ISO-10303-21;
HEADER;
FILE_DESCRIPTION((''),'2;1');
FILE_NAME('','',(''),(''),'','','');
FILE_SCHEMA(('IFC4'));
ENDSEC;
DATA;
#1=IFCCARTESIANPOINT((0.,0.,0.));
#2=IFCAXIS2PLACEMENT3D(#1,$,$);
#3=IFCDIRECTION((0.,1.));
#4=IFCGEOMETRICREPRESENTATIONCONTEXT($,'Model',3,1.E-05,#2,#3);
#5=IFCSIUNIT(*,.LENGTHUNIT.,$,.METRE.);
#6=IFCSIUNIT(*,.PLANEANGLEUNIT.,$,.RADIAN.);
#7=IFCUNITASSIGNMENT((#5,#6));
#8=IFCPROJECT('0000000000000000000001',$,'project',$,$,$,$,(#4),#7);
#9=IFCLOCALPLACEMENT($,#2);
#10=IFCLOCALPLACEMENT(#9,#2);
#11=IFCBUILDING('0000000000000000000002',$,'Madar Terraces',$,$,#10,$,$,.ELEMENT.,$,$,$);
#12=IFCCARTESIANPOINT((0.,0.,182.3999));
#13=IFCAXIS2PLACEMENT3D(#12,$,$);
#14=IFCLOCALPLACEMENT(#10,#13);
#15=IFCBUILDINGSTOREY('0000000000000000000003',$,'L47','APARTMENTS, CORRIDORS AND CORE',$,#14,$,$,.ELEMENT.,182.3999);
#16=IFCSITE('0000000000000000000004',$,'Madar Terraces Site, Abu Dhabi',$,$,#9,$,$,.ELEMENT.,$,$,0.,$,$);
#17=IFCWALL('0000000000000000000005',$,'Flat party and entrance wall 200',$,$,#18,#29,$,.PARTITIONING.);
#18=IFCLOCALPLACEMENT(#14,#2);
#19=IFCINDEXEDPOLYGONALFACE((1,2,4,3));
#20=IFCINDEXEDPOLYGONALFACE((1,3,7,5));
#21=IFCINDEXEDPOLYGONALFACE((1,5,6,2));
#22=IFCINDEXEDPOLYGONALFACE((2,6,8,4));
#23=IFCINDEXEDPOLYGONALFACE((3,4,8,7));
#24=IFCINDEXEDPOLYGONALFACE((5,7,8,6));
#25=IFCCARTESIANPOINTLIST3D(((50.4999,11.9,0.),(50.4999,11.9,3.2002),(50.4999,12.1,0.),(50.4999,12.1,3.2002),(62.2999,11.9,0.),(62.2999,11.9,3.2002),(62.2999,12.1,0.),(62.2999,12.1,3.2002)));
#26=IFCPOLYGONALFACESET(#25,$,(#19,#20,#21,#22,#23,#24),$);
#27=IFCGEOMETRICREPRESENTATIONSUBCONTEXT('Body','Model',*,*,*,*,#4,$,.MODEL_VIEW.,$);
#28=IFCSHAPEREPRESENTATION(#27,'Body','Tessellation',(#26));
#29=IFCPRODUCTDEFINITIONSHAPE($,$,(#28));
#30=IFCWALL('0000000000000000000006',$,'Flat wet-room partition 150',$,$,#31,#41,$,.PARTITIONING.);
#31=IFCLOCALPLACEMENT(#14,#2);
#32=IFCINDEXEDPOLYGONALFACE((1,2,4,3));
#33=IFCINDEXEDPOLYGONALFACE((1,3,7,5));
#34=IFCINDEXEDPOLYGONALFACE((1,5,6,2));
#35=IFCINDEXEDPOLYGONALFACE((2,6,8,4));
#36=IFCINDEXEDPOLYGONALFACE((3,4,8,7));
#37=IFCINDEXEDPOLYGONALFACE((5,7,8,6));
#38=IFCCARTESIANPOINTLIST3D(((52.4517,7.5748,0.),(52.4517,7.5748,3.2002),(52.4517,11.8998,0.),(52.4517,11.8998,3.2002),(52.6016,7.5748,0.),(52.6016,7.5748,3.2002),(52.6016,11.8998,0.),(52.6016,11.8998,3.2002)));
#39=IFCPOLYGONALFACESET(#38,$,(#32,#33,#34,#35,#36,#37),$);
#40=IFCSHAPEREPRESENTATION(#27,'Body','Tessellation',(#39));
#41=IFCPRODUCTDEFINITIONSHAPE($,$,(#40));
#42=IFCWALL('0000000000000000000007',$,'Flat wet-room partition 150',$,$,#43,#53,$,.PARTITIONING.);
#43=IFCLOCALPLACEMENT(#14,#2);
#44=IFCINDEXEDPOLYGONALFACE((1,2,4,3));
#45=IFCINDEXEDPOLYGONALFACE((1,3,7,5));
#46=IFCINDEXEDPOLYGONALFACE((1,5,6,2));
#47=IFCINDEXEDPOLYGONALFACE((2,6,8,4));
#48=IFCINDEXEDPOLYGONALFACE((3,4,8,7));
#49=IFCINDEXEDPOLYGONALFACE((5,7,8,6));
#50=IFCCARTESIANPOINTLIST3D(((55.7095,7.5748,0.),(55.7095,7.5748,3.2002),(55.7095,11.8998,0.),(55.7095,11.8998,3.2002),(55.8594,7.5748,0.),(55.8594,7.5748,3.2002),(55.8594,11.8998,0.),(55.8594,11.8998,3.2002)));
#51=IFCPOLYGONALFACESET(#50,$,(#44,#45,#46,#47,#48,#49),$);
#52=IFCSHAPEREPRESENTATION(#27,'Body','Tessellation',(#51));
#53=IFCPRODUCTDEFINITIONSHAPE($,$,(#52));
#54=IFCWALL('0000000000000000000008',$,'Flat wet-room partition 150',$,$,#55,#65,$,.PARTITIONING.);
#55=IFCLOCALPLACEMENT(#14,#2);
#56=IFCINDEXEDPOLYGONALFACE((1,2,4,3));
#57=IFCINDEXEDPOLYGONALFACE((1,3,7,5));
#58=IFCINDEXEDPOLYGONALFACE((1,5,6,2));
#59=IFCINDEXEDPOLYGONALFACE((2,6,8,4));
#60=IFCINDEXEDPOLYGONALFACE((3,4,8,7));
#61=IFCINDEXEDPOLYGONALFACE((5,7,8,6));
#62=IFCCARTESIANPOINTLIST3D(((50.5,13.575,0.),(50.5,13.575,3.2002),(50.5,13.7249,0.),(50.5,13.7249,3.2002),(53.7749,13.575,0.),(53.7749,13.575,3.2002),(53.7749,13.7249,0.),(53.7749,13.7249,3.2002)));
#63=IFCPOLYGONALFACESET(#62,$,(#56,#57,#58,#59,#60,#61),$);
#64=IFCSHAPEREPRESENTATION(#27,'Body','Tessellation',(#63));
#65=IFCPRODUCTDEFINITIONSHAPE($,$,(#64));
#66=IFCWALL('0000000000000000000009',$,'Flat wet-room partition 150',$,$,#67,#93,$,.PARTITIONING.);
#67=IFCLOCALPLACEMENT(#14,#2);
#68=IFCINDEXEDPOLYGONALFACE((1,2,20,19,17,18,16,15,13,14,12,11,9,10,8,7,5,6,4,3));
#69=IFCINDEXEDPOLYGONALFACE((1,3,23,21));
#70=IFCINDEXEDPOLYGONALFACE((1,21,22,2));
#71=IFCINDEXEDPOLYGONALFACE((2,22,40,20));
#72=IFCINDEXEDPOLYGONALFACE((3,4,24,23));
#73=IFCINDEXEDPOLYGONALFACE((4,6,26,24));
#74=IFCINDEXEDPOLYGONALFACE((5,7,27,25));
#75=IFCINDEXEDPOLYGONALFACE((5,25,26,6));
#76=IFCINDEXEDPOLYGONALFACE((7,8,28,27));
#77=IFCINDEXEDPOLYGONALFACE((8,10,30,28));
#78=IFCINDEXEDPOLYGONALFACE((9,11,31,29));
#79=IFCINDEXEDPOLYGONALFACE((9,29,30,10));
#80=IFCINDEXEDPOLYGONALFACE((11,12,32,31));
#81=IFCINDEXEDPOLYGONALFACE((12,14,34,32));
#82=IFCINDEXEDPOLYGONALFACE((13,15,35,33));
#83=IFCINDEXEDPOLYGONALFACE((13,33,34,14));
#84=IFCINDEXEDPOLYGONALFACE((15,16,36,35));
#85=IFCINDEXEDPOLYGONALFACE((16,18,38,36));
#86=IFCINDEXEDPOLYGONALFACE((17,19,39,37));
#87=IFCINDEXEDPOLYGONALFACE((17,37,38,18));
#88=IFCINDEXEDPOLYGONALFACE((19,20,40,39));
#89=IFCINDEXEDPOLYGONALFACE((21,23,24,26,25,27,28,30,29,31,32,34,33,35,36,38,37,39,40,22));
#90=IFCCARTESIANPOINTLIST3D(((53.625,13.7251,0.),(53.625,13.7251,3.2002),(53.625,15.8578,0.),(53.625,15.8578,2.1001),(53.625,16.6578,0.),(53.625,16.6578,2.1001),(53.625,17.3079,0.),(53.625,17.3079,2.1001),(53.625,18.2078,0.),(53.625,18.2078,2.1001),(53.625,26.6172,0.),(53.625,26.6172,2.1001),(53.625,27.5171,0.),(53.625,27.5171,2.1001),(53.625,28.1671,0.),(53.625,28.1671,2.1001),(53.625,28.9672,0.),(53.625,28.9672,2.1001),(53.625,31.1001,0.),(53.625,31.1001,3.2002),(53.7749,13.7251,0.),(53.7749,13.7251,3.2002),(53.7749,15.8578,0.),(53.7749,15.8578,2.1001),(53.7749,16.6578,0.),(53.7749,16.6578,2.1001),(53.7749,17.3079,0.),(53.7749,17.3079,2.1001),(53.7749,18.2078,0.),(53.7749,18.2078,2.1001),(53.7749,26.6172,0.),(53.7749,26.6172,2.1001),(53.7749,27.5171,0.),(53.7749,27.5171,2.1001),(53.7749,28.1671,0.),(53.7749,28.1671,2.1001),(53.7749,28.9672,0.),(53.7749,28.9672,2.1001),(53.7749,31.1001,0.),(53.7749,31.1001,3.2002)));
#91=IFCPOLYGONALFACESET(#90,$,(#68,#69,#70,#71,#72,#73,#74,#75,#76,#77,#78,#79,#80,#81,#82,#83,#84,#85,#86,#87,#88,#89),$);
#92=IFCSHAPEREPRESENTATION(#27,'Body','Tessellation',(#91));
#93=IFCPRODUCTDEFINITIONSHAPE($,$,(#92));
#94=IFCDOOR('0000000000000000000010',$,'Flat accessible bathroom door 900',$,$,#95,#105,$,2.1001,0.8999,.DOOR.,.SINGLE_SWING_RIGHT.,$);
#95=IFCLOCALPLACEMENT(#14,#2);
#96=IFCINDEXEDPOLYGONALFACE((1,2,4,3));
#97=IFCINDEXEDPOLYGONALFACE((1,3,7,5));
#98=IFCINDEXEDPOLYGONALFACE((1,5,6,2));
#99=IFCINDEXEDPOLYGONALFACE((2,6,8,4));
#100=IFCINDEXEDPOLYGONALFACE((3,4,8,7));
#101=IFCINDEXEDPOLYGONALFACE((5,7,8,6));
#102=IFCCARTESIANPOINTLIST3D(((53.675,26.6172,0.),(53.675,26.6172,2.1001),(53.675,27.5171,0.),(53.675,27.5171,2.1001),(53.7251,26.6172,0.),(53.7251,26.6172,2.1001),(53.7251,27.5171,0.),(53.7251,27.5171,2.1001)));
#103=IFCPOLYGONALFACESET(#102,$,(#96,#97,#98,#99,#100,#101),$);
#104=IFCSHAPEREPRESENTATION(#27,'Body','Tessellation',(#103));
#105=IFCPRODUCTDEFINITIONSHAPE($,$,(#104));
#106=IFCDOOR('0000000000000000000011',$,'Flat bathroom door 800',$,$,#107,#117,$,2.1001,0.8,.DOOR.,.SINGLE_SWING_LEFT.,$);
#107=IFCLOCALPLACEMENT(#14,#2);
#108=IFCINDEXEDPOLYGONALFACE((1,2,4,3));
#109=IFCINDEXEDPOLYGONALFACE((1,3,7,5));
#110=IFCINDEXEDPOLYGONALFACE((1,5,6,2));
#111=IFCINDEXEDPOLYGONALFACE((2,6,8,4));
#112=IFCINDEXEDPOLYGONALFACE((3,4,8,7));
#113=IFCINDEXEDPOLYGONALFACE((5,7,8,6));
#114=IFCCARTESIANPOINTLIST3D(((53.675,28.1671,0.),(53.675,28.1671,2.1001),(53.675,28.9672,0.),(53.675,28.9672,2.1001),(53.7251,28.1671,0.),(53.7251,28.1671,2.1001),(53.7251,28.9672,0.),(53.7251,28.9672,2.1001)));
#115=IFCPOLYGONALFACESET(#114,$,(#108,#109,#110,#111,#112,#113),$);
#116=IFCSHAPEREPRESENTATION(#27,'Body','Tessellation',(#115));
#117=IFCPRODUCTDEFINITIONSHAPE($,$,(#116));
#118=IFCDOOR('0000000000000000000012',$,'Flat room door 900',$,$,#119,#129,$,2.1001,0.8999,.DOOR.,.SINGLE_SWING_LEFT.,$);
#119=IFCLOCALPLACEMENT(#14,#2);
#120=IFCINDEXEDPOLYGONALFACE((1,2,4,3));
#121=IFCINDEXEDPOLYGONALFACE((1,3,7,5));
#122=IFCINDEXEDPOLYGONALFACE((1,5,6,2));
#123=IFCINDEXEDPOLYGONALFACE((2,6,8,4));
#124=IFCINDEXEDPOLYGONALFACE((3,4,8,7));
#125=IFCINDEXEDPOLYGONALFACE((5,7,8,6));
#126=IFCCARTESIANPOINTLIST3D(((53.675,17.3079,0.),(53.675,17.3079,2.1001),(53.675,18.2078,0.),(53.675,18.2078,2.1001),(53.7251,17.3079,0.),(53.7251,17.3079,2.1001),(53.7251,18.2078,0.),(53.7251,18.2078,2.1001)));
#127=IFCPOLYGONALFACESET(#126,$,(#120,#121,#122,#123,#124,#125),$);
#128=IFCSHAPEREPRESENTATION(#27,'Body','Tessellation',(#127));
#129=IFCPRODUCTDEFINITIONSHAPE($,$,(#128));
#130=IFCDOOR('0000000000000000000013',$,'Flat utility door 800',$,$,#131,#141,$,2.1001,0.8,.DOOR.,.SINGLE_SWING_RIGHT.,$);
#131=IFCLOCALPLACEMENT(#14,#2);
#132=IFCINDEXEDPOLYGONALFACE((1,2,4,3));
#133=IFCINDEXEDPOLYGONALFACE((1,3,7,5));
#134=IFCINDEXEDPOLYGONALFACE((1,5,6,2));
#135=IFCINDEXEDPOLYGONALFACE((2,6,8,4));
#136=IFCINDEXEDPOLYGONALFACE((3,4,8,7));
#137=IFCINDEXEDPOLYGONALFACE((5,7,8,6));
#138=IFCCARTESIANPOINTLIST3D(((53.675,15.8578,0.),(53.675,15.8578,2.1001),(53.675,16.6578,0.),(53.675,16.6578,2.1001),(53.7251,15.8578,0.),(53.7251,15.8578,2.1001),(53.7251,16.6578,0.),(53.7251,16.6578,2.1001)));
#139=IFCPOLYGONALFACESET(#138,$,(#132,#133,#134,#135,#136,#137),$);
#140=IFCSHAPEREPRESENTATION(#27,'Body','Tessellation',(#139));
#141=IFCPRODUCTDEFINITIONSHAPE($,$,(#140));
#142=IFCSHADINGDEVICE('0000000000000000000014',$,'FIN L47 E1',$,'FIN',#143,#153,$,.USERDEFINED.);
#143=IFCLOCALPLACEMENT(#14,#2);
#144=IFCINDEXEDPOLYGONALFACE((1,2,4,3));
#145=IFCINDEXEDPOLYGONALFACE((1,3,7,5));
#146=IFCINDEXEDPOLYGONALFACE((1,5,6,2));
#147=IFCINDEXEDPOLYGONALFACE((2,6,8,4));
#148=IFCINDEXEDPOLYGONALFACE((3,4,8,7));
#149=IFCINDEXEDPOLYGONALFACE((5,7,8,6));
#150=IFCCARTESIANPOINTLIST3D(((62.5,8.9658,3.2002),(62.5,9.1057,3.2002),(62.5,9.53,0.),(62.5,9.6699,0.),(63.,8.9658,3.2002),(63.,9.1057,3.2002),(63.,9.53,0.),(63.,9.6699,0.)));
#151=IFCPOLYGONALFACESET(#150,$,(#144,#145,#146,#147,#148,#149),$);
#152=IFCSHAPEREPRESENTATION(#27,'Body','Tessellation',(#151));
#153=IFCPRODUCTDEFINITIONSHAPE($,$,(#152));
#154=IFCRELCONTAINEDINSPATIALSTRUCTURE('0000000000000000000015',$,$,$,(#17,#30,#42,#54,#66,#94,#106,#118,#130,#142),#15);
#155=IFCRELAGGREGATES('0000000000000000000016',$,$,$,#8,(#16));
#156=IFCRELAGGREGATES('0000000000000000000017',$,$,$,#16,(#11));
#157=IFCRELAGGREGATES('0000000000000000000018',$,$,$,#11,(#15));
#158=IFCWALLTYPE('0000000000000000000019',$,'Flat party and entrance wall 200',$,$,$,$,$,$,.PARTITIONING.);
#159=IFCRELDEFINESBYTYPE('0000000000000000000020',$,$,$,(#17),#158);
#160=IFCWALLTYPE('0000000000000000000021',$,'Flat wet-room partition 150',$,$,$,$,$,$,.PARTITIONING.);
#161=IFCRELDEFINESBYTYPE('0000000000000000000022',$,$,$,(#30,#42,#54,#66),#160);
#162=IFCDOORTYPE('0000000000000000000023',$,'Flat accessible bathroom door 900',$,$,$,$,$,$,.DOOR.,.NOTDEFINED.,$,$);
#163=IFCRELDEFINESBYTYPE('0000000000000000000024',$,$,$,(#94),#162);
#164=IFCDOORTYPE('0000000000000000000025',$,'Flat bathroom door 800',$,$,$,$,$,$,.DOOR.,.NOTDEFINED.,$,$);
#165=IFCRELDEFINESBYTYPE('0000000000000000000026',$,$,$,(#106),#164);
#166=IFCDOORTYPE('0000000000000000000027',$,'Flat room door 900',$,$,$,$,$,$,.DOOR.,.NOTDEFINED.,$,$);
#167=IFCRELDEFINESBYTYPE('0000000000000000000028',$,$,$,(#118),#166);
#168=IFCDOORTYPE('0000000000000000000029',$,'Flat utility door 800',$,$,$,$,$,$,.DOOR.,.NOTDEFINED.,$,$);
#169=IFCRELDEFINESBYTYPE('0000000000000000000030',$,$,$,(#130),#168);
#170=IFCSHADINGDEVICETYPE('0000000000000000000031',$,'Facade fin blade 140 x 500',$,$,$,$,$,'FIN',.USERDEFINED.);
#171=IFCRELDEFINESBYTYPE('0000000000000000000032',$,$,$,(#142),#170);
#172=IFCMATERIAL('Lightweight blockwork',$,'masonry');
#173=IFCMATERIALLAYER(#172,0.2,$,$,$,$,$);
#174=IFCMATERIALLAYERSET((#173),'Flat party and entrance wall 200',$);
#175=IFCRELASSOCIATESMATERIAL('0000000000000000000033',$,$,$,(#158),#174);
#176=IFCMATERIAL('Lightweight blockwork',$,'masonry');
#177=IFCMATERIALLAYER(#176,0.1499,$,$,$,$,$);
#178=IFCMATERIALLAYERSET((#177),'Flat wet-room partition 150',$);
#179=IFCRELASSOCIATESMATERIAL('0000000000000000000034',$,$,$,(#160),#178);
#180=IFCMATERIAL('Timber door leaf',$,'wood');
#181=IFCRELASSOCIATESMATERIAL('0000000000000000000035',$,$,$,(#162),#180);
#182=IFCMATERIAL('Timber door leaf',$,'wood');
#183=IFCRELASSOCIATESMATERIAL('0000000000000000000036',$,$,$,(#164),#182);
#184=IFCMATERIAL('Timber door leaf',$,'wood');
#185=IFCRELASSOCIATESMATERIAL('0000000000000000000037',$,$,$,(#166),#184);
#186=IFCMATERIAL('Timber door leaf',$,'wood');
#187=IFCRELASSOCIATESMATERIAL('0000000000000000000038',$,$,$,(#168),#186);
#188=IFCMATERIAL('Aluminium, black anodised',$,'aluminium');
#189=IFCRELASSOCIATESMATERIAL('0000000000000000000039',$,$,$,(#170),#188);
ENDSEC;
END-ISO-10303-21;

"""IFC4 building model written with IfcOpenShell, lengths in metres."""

from ifc_helpers import new_model, si_unit, direction, frame, frame_2d, origin, place, context, subcontext, project, spatial, polyline, rectangle, outline, extrude, material, layer, layer_set, type_object, element, fill, save


model = new_model("IFC4")

# Units and contexts
model_context = context("Model", 3, precision=1e-05, world=origin(), true_north=direction((0.0, 1.0)))
body_context = subcontext(model_context, "Body", "Model", "MODEL_VIEW")
ifc_project = project(units=[si_unit("LENGTHUNIT", "METRE"), si_unit("PLANEANGLEUNIT", "RADIAN")], contexts=[model_context])

# Site, building, storey
site_placement = place(None, origin())
site = spatial("IfcSite", under=ifc_project, at=site_placement, Name="Madar Terraces Site, Abu Dhabi", CompositionType="ELEMENT", RefElevation=0.0)
building_placement = place(site_placement, origin())
building = spatial("IfcBuilding", under=site, at=building_placement, Name="Madar Terraces", CompositionType="ELEMENT")
storey_placement = place(building_placement, frame((0.0, 0.0, 182.3999)))
storey = spatial("IfcBuildingStorey", under=building, at=storey_placement, Name="L47", Description="APARTMENTS, CORRIDORS AND CORE", CompositionType="ELEMENT", Elevation=182.3999)

# Shared definitions
ifc_material_1 = material(Name="Lightweight blockwork", Category="masonry")
ifc_layer_1 = layer(ifc_material_1, 0.2)
ifc_layer_set_1 = layer_set([ifc_layer_1], Name="Flat party and entrance wall 200")
wall_type_1 = type_object("IfcWallType", Name="Flat party and entrance wall 200", PredefinedType="PARTITIONING", material=ifc_layer_set_1)

# Walls
wall_1_placement = place(storey_placement, frame((50.5, 12.0, 0.0), z_axis=(0.0, 0.0, 1.0), x_axis=(1.0, 0.0, 0.0)))
element("IfcWall", 1, at=wall_1_placement, inside=storey, type_object=wall_type_1, Name="Flat party and entrance wall 200", PredefinedType="PARTITIONING", context=body_context, shape_type="SweptSolid", body=[
    extrude(rectangle(XDim=11.8, YDim=0.2, at=frame_2d((5.8999, 0.0))), origin(), (0.0, 0.0, 1.0), 3.2002),
])
ifc_material_2 = material(Name="Lightweight blockwork", Category="masonry")
ifc_layer_2 = layer(ifc_material_2, 0.1499)
ifc_layer_set_2 = layer_set([ifc_layer_2], Name="Flat wet-room partition 150")
wall_type_2 = type_object("IfcWallType", Name="Flat wet-room partition 150", PredefinedType="PARTITIONING", material=ifc_layer_set_2)
for number, where, z_axis, x_axis, name in (
    (2, (52.5266, 11.8999, 0.0), (0.0, 0.0, 1.0), (0.0, -1.0, 0.0), "Flat wet-room partition 150"),
    (3, (55.7844, 11.8999, 0.0), (0.0, 0.0, 1.0), (0.0, -1.0, 0.0), "Flat wet-room partition 150"),
):
    element("IfcWall", number, at=place(storey_placement, frame(where, z_axis=z_axis, x_axis=x_axis)), inside=storey, type_object=wall_type_2, Name=name, PredefinedType="PARTITIONING", context=body_context, shape_type="SweptSolid", body=[
        extrude(rectangle(XDim=4.325, YDim=0.1499, at=frame_2d((2.1626, 0.0))), origin(), (0.0, 0.0, 1.0), 3.2002),
    ])
wall_2_placement = place(storey_placement, frame((50.5, 13.6499, 0.0), z_axis=(0.0, 0.0, 1.0), x_axis=(1.0, 0.0, 0.0)))
element("IfcWall", 4, at=wall_2_placement, inside=storey, type_object=wall_type_2, Name="Flat wet-room partition 150", PredefinedType="PARTITIONING", context=body_context, shape_type="SweptSolid", body=[
    extrude(rectangle(XDim=3.2749, YDim=0.1499, at=frame_2d((1.6375, 0.0))), origin(), (0.0, 0.0, 1.0), 3.2002),
])

# Wall, openings, doors
wall_3_placement = place(storey_placement, frame((53.7, 13.7251, 0.0), z_axis=(0.0, 0.0, 1.0), x_axis=(0.0, 1.0, 0.0)))
wall_3 = element("IfcWall", 5, at=wall_3_placement, inside=storey, type_object=wall_type_2, Name="Flat wet-room partition 150", PredefinedType="PARTITIONING", context=body_context, shape_type="SweptSolid", body=[
    extrude(rectangle(XDim=17.375, YDim=0.1499, at=frame_2d((8.6875, 0.0))), origin(), (0.0, 0.0, 1.0), 3.2002),
])
opening_1_placement = place(wall_3_placement, frame((2.1328, 0.0, 0.0)))
opening_1 = element("IfcOpeningElement", 6, at=opening_1_placement, cuts=wall_3, PredefinedType="OPENING", context=body_context, shape_type="SweptSolid", body=[
    extrude(rectangle(XDim=0.8, YDim=2.1001, at=frame_2d((0.3999, 1.05))), frame((0.0, 0.085, 0.0), z_axis=(0.0, -1.0, 0.0), x_axis=(1.0, 0.0, 0.0)), (0.0, 0.0, 1.0), 0.1699),
])
opening_2_placement = place(wall_3_placement, frame((3.5828, 0.0, 0.0)))
opening_2 = element("IfcOpeningElement", 7, at=opening_2_placement, cuts=wall_3, PredefinedType="OPENING", context=body_context, shape_type="SweptSolid", body=[
    extrude(rectangle(XDim=0.8999, YDim=2.1001, at=frame_2d((0.45, 1.05))), frame((0.0, 0.085, 0.0), z_axis=(0.0, -1.0, 0.0), x_axis=(1.0, 0.0, 0.0)), (0.0, 0.0, 1.0), 0.1699),
])
opening_3_placement = place(wall_3_placement, frame((12.8921, 0.0, 0.0)))
opening_3 = element("IfcOpeningElement", 8, at=opening_3_placement, cuts=wall_3, PredefinedType="OPENING", context=body_context, shape_type="SweptSolid", body=[
    extrude(rectangle(XDim=0.8999, YDim=2.1001, at=frame_2d((0.45, 1.05))), frame((0.0, 0.085, 0.0), z_axis=(0.0, -1.0, 0.0), x_axis=(1.0, 0.0, 0.0)), (0.0, 0.0, 1.0), 0.1699),
])
opening_4_placement = place(wall_3_placement, frame((14.4421, 0.0, 0.0)))
opening_4 = element("IfcOpeningElement", 9, at=opening_4_placement, cuts=wall_3, PredefinedType="OPENING", context=body_context, shape_type="SweptSolid", body=[
    extrude(rectangle(XDim=0.8, YDim=2.1001, at=frame_2d((0.3999, 1.05))), frame((0.0, 0.085, 0.0), z_axis=(0.0, -1.0, 0.0), x_axis=(1.0, 0.0, 0.0)), (0.0, 0.0, 1.0), 0.1699),
])
ifc_material_3 = material(Name="Timber door leaf", Category="wood")
door_type_1 = type_object("IfcDoorType", Name="Flat accessible bathroom door 900", OperationType="NOTDEFINED", PredefinedType="DOOR", material=ifc_material_3)
door_1_placement = place(opening_3_placement, origin())
door_1 = element("IfcDoor", 10, at=door_1_placement, inside=storey, type_object=door_type_1, Name="Flat accessible bathroom door 900", OperationType="SINGLE_SWING_RIGHT", OverallHeight=2.1001, OverallWidth=0.8999, PredefinedType="DOOR", context=body_context, shape_type="SweptSolid", body=[
    extrude(rectangle(XDim=0.8999, YDim=2.1001, at=frame_2d((0.45, 1.05))), frame((0.0, 0.0249, 0.0), z_axis=(0.0, -1.0, 0.0), x_axis=(1.0, 0.0, 0.0)), (0.0, 0.0, 1.0), 0.05),
])
fill(opening_3, door_1)
ifc_material_4 = material(Name="Timber door leaf", Category="wood")
door_type_2 = type_object("IfcDoorType", Name="Flat bathroom door 800", OperationType="NOTDEFINED", PredefinedType="DOOR", material=ifc_material_4)
door_2_placement = place(opening_4_placement, origin())
door_2 = element("IfcDoor", 11, at=door_2_placement, inside=storey, type_object=door_type_2, Name="Flat bathroom door 800", OperationType="SINGLE_SWING_LEFT", OverallHeight=2.1001, OverallWidth=0.8, PredefinedType="DOOR", context=body_context, shape_type="SweptSolid", body=[
    extrude(rectangle(XDim=0.8, YDim=2.1001, at=frame_2d((0.3999, 1.05))), frame((0.0, 0.0249, 0.0), z_axis=(0.0, -1.0, 0.0), x_axis=(1.0, 0.0, 0.0)), (0.0, 0.0, 1.0), 0.05),
])
fill(opening_4, door_2)
ifc_material_5 = material(Name="Timber door leaf", Category="wood")
door_type_3 = type_object("IfcDoorType", Name="Flat room door 900", OperationType="NOTDEFINED", PredefinedType="DOOR", material=ifc_material_5)
door_3_placement = place(opening_2_placement, origin())
door_3 = element("IfcDoor", 12, at=door_3_placement, inside=storey, type_object=door_type_3, Name="Flat room door 900", OperationType="SINGLE_SWING_LEFT", OverallHeight=2.1001, OverallWidth=0.8999, PredefinedType="DOOR", context=body_context, shape_type="SweptSolid", body=[
    extrude(rectangle(XDim=0.8999, YDim=2.1001, at=frame_2d((0.45, 1.05))), frame((0.0, 0.0249, 0.0), z_axis=(0.0, -1.0, 0.0), x_axis=(1.0, 0.0, 0.0)), (0.0, 0.0, 1.0), 0.05),
])
fill(opening_2, door_3)
ifc_material_6 = material(Name="Timber door leaf", Category="wood")
door_type_4 = type_object("IfcDoorType", Name="Flat utility door 800", OperationType="NOTDEFINED", PredefinedType="DOOR", material=ifc_material_6)
door_4_placement = place(opening_1_placement, origin())
door_4 = element("IfcDoor", 13, at=door_4_placement, inside=storey, type_object=door_type_4, Name="Flat utility door 800", OperationType="SINGLE_SWING_RIGHT", OverallHeight=2.1001, OverallWidth=0.8, PredefinedType="DOOR", context=body_context, shape_type="SweptSolid", body=[
    extrude(rectangle(XDim=0.8, YDim=2.1001, at=frame_2d((0.3999, 1.05))), frame((0.0, 0.0249, 0.0), z_axis=(0.0, -1.0, 0.0), x_axis=(1.0, 0.0, 0.0)), (0.0, 0.0, 1.0), 0.05),
])
fill(opening_1, door_4)

# Shading device
ifc_material_7 = material(Name="Aluminium, black anodised", Category="aluminium")
shading_device_type = type_object("IfcShadingDeviceType", Name="Facade fin blade 140 x 500", ElementType="FIN", PredefinedType="USERDEFINED", material=ifc_material_7)
shading_device_placement = place(storey_placement, frame((62.75, 9.53, 0.0), z_axis=(0.0, 0.0, 1.0), x_axis=(0.0, 1.0, 0.0)))
element("IfcShadingDevice", 14, at=shading_device_placement, inside=storey, type_object=shading_device_type, Name="FIN L47 E1", ObjectType="FIN", PredefinedType="USERDEFINED", context=body_context, shape_type="SweptSolid", body=[
    extrude(outline(polyline([(0.0, 0.0), (0.1399, 0.0), (-0.4243, 3.2002), (-0.5642, 3.2002), (0.0, 0.0)])), frame((0.0, 0.25, 0.0), z_axis=(0.0, -1.0, 0.0), x_axis=(1.0, 0.0, 0.0)), (0.0, 0.0, 1.0), 0.5),
])

save(model, "model.ifc")
